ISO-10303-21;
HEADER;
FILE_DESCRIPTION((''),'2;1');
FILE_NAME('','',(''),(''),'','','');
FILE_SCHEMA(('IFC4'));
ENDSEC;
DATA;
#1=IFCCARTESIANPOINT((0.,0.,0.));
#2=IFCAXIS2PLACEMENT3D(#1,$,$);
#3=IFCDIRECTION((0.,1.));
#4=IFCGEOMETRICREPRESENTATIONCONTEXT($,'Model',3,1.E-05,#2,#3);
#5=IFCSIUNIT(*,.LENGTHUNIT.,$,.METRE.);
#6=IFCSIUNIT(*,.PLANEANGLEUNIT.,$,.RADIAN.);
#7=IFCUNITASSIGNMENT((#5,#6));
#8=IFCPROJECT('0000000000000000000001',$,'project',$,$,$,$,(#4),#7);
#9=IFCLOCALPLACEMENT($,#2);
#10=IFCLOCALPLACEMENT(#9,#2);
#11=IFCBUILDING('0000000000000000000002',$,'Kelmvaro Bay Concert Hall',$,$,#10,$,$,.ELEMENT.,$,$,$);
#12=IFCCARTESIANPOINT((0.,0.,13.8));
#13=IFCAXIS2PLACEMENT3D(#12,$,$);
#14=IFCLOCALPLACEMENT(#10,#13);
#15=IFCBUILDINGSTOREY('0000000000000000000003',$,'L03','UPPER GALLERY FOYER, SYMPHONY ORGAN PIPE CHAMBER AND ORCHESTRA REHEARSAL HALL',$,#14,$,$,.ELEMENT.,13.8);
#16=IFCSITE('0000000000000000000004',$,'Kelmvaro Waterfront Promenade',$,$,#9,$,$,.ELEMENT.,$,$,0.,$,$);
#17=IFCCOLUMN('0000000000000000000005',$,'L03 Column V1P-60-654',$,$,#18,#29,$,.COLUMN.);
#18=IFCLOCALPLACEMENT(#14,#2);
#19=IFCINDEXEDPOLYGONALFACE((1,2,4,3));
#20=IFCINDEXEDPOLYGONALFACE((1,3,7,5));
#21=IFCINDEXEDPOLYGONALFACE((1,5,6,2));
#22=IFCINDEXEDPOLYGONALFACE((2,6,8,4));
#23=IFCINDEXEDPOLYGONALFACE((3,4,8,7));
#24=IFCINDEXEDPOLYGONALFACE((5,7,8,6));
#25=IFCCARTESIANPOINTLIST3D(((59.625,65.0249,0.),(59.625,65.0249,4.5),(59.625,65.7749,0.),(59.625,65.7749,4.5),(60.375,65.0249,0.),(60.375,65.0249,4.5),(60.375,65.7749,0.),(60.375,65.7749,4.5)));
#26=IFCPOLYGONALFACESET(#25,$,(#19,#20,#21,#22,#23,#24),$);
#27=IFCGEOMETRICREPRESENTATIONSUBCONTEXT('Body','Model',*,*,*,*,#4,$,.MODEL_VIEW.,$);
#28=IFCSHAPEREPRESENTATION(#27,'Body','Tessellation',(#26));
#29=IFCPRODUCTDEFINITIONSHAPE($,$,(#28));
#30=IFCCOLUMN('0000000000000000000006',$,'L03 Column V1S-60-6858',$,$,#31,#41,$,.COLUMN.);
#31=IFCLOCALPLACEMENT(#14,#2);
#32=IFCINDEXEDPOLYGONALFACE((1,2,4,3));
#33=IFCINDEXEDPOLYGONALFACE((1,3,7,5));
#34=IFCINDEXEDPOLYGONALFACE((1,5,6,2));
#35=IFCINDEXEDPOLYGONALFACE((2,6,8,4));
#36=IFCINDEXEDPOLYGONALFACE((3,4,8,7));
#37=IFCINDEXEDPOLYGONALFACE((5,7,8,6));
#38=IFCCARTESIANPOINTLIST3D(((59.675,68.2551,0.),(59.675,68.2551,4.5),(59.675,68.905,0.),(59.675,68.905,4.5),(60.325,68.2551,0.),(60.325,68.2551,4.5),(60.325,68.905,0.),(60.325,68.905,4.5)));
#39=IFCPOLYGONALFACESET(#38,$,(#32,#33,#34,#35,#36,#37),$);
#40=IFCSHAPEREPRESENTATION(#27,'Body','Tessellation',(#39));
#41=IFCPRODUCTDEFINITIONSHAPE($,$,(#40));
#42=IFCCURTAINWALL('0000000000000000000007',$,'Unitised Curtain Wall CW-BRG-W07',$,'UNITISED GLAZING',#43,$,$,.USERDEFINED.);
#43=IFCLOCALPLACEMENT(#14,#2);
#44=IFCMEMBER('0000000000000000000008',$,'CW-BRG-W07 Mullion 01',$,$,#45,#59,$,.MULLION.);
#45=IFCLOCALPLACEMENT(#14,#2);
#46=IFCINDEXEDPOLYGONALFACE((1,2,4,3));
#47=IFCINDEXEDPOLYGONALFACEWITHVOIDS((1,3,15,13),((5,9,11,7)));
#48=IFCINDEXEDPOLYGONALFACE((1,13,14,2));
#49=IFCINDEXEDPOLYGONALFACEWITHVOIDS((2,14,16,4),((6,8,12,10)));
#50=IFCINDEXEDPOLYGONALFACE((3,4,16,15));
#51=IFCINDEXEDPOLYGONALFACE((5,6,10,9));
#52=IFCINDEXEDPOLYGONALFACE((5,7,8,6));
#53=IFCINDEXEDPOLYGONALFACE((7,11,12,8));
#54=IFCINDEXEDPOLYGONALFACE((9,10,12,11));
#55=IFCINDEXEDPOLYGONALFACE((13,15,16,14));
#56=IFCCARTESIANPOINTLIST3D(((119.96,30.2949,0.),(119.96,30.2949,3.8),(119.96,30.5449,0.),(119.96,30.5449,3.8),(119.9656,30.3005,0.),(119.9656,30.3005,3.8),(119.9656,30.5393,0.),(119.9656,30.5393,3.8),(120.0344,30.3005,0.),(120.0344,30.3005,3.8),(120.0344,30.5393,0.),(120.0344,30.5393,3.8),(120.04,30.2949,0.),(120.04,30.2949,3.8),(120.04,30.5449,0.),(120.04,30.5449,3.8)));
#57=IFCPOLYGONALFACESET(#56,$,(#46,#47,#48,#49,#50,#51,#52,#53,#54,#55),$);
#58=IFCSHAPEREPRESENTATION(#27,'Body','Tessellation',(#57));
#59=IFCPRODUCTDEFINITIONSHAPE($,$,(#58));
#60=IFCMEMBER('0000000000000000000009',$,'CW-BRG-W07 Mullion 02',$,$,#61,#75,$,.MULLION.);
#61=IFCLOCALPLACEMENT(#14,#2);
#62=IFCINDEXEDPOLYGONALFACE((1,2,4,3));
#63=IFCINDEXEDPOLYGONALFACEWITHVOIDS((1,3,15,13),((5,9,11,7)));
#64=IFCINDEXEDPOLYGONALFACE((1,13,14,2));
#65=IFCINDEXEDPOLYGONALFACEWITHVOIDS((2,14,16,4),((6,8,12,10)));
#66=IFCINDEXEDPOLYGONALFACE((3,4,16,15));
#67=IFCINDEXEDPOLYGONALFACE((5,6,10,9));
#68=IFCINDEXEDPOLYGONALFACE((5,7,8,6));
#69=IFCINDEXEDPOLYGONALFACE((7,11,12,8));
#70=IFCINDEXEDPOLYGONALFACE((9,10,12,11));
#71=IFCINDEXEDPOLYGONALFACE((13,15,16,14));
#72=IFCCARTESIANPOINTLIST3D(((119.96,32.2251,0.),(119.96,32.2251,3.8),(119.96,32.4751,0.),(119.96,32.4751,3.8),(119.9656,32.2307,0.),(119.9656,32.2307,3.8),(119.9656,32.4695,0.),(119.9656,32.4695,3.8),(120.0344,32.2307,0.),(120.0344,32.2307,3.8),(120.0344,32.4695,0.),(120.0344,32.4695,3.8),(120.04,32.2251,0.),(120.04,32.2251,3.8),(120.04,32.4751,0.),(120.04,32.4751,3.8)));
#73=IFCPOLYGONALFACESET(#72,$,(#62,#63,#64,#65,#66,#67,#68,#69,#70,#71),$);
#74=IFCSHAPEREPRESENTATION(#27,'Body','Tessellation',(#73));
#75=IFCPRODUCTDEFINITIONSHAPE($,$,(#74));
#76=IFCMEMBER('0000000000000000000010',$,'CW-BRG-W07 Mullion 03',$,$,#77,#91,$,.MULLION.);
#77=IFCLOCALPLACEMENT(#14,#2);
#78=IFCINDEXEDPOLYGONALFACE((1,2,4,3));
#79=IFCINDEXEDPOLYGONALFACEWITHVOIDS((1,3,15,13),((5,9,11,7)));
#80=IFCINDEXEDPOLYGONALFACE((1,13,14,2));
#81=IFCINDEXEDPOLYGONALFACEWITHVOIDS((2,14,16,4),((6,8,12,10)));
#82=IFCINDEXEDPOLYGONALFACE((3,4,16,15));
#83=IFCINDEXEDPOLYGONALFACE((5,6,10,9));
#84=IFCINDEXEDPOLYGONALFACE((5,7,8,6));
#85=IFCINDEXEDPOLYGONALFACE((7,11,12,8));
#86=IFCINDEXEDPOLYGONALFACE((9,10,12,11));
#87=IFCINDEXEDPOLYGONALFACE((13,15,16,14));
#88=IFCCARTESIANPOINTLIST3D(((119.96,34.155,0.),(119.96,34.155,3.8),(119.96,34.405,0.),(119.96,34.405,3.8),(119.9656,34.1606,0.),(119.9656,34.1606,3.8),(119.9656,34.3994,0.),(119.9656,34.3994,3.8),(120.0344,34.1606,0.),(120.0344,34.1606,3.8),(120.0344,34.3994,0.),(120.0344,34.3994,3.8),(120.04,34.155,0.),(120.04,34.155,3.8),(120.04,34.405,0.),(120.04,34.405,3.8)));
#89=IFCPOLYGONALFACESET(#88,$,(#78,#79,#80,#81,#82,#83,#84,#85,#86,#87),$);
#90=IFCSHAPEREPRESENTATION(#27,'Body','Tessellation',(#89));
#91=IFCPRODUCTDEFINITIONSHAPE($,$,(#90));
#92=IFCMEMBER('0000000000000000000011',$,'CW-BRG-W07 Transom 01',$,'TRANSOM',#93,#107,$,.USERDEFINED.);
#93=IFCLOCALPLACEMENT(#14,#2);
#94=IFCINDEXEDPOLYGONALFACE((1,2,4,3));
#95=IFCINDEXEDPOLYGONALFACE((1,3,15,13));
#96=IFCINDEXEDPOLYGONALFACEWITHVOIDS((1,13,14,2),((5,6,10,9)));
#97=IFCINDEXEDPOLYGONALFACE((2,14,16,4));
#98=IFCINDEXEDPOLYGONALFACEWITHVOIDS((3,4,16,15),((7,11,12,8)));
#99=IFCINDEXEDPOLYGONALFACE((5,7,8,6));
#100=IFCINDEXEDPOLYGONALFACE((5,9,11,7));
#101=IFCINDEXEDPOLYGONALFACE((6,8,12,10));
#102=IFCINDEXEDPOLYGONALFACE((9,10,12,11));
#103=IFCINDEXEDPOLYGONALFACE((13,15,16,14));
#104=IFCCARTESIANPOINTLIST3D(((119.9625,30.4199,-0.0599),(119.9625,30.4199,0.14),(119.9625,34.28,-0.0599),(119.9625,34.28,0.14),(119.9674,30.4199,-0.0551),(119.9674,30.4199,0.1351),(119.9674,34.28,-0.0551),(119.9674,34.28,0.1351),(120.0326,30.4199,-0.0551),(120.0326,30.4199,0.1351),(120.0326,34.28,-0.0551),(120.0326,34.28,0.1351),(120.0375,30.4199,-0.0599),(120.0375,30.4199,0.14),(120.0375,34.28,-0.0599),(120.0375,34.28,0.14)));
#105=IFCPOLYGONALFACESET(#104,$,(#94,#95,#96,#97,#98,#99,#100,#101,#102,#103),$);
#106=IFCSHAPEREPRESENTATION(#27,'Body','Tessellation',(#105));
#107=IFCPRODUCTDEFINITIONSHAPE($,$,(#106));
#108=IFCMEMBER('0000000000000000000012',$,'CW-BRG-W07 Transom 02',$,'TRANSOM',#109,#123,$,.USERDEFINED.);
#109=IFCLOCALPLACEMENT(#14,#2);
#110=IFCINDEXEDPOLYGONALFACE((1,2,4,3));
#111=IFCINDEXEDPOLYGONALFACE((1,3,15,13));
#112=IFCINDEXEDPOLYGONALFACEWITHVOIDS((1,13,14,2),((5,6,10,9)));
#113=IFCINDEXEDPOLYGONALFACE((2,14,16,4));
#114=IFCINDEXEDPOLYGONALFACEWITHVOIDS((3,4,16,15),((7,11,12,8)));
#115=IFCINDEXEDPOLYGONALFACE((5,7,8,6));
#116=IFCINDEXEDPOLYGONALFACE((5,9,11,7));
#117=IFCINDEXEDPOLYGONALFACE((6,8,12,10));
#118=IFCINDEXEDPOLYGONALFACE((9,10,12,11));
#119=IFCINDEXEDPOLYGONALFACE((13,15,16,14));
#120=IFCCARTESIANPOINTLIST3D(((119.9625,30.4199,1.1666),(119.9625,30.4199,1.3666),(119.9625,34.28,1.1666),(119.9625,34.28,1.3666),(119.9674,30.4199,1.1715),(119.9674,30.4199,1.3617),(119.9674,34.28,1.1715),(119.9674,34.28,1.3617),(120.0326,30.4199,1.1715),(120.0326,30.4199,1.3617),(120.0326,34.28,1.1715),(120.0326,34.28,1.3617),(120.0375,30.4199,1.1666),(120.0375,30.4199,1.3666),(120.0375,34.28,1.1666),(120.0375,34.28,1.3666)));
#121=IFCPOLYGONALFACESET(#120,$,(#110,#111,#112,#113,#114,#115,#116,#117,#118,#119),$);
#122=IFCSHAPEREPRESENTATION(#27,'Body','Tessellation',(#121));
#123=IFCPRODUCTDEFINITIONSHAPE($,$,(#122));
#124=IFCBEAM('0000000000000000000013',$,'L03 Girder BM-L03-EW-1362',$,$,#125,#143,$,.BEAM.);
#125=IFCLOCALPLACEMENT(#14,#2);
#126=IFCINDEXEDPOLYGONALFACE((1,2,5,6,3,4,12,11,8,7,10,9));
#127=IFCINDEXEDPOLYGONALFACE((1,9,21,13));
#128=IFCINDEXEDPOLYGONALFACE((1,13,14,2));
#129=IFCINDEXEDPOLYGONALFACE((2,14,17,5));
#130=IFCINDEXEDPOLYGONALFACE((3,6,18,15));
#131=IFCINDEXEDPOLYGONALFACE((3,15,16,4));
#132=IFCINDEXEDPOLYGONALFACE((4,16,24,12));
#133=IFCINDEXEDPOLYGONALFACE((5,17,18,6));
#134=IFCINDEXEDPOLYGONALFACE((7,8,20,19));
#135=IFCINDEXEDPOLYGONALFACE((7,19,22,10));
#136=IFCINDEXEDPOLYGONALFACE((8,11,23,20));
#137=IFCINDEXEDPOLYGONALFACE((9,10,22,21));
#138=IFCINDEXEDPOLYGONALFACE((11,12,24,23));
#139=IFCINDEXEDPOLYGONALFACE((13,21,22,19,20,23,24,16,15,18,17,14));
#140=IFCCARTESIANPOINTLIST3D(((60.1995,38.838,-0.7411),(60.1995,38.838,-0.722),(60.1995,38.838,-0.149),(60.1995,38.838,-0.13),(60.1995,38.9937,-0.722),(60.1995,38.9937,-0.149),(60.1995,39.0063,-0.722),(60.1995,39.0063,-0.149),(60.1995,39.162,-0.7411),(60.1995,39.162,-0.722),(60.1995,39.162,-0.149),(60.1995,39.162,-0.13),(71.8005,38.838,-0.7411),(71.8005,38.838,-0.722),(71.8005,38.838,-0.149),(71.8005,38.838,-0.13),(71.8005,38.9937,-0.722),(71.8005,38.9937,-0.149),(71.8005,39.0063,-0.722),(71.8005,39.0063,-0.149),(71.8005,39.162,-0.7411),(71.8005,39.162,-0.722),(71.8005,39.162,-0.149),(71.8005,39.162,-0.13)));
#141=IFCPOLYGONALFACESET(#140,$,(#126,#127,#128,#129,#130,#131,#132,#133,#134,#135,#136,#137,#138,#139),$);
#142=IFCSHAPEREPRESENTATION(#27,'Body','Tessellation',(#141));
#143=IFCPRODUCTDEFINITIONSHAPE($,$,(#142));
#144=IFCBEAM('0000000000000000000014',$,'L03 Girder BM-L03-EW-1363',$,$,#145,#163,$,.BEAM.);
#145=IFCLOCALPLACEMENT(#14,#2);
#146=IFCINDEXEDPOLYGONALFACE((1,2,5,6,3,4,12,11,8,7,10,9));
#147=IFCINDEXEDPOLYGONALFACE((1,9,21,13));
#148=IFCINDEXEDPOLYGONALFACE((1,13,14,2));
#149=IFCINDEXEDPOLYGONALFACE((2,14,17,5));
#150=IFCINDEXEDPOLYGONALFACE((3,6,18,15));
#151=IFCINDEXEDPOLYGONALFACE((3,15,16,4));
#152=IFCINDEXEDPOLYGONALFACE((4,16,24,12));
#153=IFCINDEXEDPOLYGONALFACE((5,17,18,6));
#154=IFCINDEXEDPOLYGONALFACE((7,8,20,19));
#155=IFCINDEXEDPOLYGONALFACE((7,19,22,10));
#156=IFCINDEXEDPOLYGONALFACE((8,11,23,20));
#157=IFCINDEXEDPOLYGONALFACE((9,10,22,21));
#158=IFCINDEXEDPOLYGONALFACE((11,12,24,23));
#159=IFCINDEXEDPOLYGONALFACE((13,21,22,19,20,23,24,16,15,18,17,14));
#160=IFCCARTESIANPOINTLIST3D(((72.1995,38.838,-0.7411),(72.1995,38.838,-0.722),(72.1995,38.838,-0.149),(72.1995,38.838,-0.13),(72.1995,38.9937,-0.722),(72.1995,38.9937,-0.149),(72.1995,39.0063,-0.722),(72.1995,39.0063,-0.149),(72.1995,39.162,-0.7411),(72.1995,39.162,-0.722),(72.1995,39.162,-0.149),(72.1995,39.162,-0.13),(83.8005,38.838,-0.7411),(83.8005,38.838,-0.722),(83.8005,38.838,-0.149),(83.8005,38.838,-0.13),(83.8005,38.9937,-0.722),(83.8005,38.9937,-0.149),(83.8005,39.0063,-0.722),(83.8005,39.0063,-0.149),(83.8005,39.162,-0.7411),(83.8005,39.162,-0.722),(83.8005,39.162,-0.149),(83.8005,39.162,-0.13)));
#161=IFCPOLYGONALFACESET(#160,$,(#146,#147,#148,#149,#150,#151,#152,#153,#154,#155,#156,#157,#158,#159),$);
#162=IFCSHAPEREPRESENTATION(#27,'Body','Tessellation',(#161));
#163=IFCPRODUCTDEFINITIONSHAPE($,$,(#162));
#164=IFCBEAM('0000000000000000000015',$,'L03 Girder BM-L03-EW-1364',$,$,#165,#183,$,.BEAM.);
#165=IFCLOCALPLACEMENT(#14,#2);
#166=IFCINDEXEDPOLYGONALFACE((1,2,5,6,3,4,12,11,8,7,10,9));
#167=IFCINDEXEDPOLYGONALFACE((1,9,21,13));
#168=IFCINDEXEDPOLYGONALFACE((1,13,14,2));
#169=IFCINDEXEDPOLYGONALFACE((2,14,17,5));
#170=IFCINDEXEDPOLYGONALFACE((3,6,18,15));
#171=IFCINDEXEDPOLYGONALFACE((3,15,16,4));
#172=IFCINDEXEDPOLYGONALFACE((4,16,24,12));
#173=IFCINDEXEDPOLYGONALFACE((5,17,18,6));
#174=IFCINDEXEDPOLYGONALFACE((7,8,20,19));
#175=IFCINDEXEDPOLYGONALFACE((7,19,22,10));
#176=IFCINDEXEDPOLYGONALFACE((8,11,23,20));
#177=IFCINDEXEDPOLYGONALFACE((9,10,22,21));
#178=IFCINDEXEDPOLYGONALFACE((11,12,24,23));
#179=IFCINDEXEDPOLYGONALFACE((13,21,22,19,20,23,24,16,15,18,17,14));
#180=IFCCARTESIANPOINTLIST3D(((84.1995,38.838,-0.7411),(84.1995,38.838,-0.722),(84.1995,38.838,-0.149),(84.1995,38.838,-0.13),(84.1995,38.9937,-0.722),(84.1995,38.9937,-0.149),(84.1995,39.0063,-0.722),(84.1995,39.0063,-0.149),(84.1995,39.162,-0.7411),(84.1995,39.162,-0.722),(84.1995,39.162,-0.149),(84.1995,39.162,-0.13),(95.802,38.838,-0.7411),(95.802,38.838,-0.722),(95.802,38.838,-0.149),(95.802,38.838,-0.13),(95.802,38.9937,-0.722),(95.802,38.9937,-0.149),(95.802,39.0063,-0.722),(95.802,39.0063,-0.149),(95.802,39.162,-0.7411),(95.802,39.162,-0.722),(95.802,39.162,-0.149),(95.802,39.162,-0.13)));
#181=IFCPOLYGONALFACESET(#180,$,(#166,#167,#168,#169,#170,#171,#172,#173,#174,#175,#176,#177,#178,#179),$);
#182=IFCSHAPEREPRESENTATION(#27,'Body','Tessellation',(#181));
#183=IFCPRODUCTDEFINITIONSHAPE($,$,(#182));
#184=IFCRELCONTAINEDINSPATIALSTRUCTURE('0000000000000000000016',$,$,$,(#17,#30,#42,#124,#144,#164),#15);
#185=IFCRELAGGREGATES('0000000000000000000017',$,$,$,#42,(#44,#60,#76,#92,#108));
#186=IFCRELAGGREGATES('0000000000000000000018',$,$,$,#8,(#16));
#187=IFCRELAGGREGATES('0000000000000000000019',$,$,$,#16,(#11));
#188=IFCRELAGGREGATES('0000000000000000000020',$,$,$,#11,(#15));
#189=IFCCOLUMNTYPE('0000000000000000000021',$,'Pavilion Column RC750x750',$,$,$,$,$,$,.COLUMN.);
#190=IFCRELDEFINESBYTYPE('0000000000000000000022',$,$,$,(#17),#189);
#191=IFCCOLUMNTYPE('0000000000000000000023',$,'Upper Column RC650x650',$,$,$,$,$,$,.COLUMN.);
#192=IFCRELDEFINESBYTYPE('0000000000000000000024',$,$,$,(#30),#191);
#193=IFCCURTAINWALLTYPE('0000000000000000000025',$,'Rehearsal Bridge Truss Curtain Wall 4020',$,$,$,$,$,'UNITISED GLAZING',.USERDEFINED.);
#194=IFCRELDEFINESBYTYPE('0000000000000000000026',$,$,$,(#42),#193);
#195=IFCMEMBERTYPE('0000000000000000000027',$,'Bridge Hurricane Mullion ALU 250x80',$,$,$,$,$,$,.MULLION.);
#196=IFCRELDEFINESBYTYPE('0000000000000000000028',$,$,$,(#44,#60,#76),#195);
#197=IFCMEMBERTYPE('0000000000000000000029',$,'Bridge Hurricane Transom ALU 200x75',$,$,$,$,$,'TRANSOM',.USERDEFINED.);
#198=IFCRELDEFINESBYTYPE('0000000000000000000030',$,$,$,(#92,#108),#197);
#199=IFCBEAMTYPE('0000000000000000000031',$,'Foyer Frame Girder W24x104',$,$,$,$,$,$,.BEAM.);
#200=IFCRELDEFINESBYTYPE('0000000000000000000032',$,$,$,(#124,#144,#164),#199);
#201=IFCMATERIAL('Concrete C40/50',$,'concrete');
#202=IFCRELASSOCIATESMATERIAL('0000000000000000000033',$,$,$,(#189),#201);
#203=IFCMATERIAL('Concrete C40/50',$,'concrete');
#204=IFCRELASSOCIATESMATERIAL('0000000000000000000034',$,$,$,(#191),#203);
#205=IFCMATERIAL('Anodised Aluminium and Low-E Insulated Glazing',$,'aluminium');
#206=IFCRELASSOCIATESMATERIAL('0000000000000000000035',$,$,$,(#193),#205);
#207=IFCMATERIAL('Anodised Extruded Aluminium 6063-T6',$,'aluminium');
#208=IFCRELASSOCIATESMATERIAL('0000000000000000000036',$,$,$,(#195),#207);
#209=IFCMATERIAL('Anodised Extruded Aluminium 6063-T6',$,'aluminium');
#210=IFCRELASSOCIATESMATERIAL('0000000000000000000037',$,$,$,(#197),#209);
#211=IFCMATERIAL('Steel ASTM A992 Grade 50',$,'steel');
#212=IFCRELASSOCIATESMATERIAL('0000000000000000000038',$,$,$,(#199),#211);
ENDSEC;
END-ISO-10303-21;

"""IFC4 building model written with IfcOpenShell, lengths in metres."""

from ifc_helpers import new_model, si_unit, direction, frame, origin, origin_2d, place, context, subcontext, project, spatial, rectangle, hollow_rectangle, i_section, extrude, material, material_profile, profile_set, type_object, element, aggregate, save


model = new_model("IFC4")

# Units and contexts
model_context = context("Model", 3, precision=1e-05, world=origin(), true_north=direction((0.0, 1.0)))
body_context = subcontext(model_context, "Body", "Model", "MODEL_VIEW")
ifc_project = project(units=[si_unit("LENGTHUNIT", "METRE"), si_unit("PLANEANGLEUNIT", "RADIAN")], contexts=[model_context])

# Site, building, storey
site_placement = place(None, origin())
site = spatial("IfcSite", under=ifc_project, at=site_placement, Name="Kelmvaro Waterfront Promenade", CompositionType="ELEMENT", RefElevation=0.0)
building_placement = place(site_placement, origin())
building = spatial("IfcBuilding", under=site, at=building_placement, Name="Kelmvaro Bay Concert Hall", CompositionType="ELEMENT")
storey_placement = place(building_placement, frame((0.0, 0.0, 13.8)))
storey = spatial("IfcBuildingStorey", under=building, at=storey_placement, Name="L03", Description="UPPER GALLERY FOYER, SYMPHONY ORGAN PIPE CHAMBER AND ORCHESTRA REHEARSAL HALL", CompositionType="ELEMENT", Elevation=13.8)

# Columns
ifc_material_1 = material(Name="Concrete C40/50", Category="concrete")
ifc_material_profile_1 = material_profile(ifc_material_1, rectangle(XDim=0.75, YDim=0.75, at=origin_2d()), Name="RC-COL-750X750")
ifc_profile_set_1 = profile_set([ifc_material_profile_1], Name="Concrete C40/50")
column_type_1 = type_object("IfcColumnType", Name="Pavilion Column RC750x750", PredefinedType="COLUMN", material=ifc_profile_set_1)
column_1_placement = place(storey_placement, frame((60.0, 65.3999, 0.0), z_axis=(0.0, 0.0, 1.0), x_axis=(1.0, 0.0, 0.0)))
element("IfcColumn", 1, at=column_1_placement, inside=storey, type_object=column_type_1, Name="L03 Column V1P-60-654", PredefinedType="COLUMN", context=body_context, shape_type="SweptSolid", body=[
    extrude(rectangle(XDim=0.75, YDim=0.75, at=origin_2d()), origin(), (0.0, 0.0, 1.0), 4.5),
])
ifc_material_2 = material(Name="Concrete C40/50", Category="concrete")
ifc_material_profile_2 = material_profile(ifc_material_2, rectangle(XDim=0.6499, YDim=0.6499, at=origin_2d()), Name="RC-COL-650X650")
ifc_profile_set_2 = profile_set([ifc_material_profile_2], Name="Concrete C40/50")
column_type_2 = type_object("IfcColumnType", Name="Upper Column RC650x650", PredefinedType="COLUMN", material=ifc_profile_set_2)
column_2_placement = place(storey_placement, frame((60.0, 68.5801, 0.0), z_axis=(0.0, 0.0, 1.0), x_axis=(1.0, 0.0, 0.0)))
element("IfcColumn", 2, at=column_2_placement, inside=storey, type_object=column_type_2, Name="L03 Column V1S-60-6858", PredefinedType="COLUMN", context=body_context, shape_type="SweptSolid", body=[
    extrude(rectangle(XDim=0.6499, YDim=0.6499, at=origin_2d()), origin(), (0.0, 0.0, 1.0), 4.5),
])

# Curtain wall, members
ifc_material_3 = material(Name="Anodised Aluminium and Low-E Insulated Glazing", Category="aluminium")
curtain_wall_type_1 = type_object("IfcCurtainWallType", Name="Rehearsal Bridge Truss Curtain Wall 4020", ElementType="UNITISED GLAZING", PredefinedType="USERDEFINED", material=ifc_material_3)
curtain_wall_1_placement = place(storey_placement, origin())
curtain_wall_1 = element("IfcCurtainWall", 3, at=curtain_wall_1_placement, inside=storey, type_object=curtain_wall_type_1, Name="Unitised Curtain Wall CW-BRG-W07", ObjectType="UNITISED GLAZING", PredefinedType="USERDEFINED")
ifc_material_4 = material(Name="Anodised Extruded Aluminium 6063-T6", Category="aluminium")
ifc_material_profile_3 = material_profile(ifc_material_4, hollow_rectangle(XDim=0.0801, YDim=0.25, WallThickness=0.0056, at=origin_2d()), Name="ALU-MUL-250X80")
ifc_profile_set_3 = profile_set([ifc_material_profile_3], Name="Anodised Extruded Aluminium 6063-T6")
member_type_1 = type_object("IfcMemberType", Name="Bridge Hurricane Mullion ALU 250x80", PredefinedType="MULLION", material=ifc_profile_set_3)
member_1_placement = place(storey_placement, frame((120.0, 30.4199, 0.0), z_axis=(0.0, 0.0, 1.0), x_axis=(1.0, 0.0, 0.0)))
member_1 = element("IfcMember", 4, at=member_1_placement, type_object=member_type_1, Name="CW-BRG-W07 Mullion 01", PredefinedType="MULLION", context=body_context, shape_type="SweptSolid", body=[
    extrude(hollow_rectangle(XDim=0.0801, YDim=0.25, WallThickness=0.0056, at=origin_2d()), origin(), (0.0, 0.0, 1.0), 3.8),
])
member_2_placement = place(storey_placement, frame((120.0, 32.3501, 0.0), z_axis=(0.0, 0.0, 1.0), x_axis=(1.0, 0.0, 0.0)))
member_2 = element("IfcMember", 5, at=member_2_placement, type_object=member_type_1, Name="CW-BRG-W07 Mullion 02", PredefinedType="MULLION", context=body_context, shape_type="SweptSolid", body=[
    extrude(hollow_rectangle(XDim=0.0801, YDim=0.25, WallThickness=0.0056, at=origin_2d()), origin(), (0.0, 0.0, 1.0), 3.8),
])
member_3_placement = place(storey_placement, frame((120.0, 34.28, 0.0), z_axis=(0.0, 0.0, 1.0), x_axis=(1.0, 0.0, 0.0)))
member_3 = element("IfcMember", 6, at=member_3_placement, type_object=member_type_1, Name="CW-BRG-W07 Mullion 03", PredefinedType="MULLION", context=body_context, shape_type="SweptSolid", body=[
    extrude(hollow_rectangle(XDim=0.0801, YDim=0.25, WallThickness=0.0056, at=origin_2d()), origin(), (0.0, 0.0, 1.0), 3.8),
])
ifc_material_5 = material(Name="Anodised Extruded Aluminium 6063-T6", Category="aluminium")
ifc_material_profile_4 = material_profile(ifc_material_5, hollow_rectangle(XDim=0.075, YDim=0.2, WallThickness=0.0049, at=origin_2d()), Name="ALU-TRN-200X75")
ifc_profile_set_4 = profile_set([ifc_material_profile_4], Name="Anodised Extruded Aluminium 6063-T6")
member_type_2 = type_object("IfcMemberType", Name="Bridge Hurricane Transom ALU 200x75", ElementType="TRANSOM", PredefinedType="USERDEFINED", material=ifc_profile_set_4)
member_4_placement = place(storey_placement, frame((120.0, 30.4199, 0.04), z_axis=(0.0, 1.0, 0.0), x_axis=(-1.0, 0.0, 0.0)))
member_4 = element("IfcMember", 7, at=member_4_placement, type_object=member_type_2, Name="CW-BRG-W07 Transom 01", ObjectType="TRANSOM", PredefinedType="USERDEFINED", context=body_context, shape_type="SweptSolid", body=[
    extrude(hollow_rectangle(XDim=0.075, YDim=0.2, WallThickness=0.0049, at=origin_2d()), origin(), (0.0, 0.0, 1.0), 3.8601),
])
member_5_placement = place(storey_placement, frame((120.0, 30.4199, 1.2666), z_axis=(0.0, 1.0, 0.0), x_axis=(-1.0, 0.0, 0.0)))
member_5 = element("IfcMember", 8, at=member_5_placement, type_object=member_type_2, Name="CW-BRG-W07 Transom 02", ObjectType="TRANSOM", PredefinedType="USERDEFINED", context=body_context, shape_type="SweptSolid", body=[
    extrude(hollow_rectangle(XDim=0.075, YDim=0.2, WallThickness=0.0049, at=origin_2d()), origin(), (0.0, 0.0, 1.0), 3.8601),
])
aggregate(curtain_wall_1, [member_1, member_2, member_3, member_4, member_5])

# Beams
ifc_material_6 = material(Name="Steel ASTM A992 Grade 50", Category="steel")
ifc_material_profile_5 = material_profile(ifc_material_6, i_section(OverallWidth=0.324, OverallDepth=0.6111, WebThickness=0.0127, FlangeThickness=0.019, at=origin_2d()), Name="W24X104")
ifc_profile_set_5 = profile_set([ifc_material_profile_5], Name="Steel ASTM A992 Grade 50")
beam_type_1 = type_object("IfcBeamType", Name="Foyer Frame Girder W24x104", PredefinedType="BEAM", material=ifc_profile_set_5)
for number, where, z_axis, x_axis, name in (
    (9, (60.1995, 39.0, -0.4355), (1.0, 0.0, 0.0), (0.0, 1.0, 0.0), "L03 Girder BM-L03-EW-1362"),
    (10, (72.1995, 39.0, -0.4355), (1.0, 0.0, 0.0), (0.0, 1.0, 0.0), "L03 Girder BM-L03-EW-1363"),
):
    element("IfcBeam", number, at=place(storey_placement, frame(where, z_axis=z_axis, x_axis=x_axis)), inside=storey, type_object=beam_type_1, Name=name, PredefinedType="BEAM", context=body_context, shape_type="SweptSolid", body=[
        extrude(i_section(OverallWidth=0.324, OverallDepth=0.6111, WebThickness=0.0127, FlangeThickness=0.019, at=origin_2d()), origin(), (0.0, 0.0, 1.0), 11.6011),
    ])
beam_1_placement = place(storey_placement, frame((84.1995, 39.0, -0.4355), z_axis=(1.0, 0.0, 0.0), x_axis=(0.0, 1.0, 0.0)))
element("IfcBeam", 11, at=beam_1_placement, inside=storey, type_object=beam_type_1, Name="L03 Girder BM-L03-EW-1364", PredefinedType="BEAM", context=body_context, shape_type="SweptSolid", body=[
    extrude(i_section(OverallWidth=0.324, OverallDepth=0.6111, WebThickness=0.0127, FlangeThickness=0.019, at=origin_2d()), origin(), (0.0, 0.0, 1.0), 11.6025),
])

save(model, "model.ifc")
